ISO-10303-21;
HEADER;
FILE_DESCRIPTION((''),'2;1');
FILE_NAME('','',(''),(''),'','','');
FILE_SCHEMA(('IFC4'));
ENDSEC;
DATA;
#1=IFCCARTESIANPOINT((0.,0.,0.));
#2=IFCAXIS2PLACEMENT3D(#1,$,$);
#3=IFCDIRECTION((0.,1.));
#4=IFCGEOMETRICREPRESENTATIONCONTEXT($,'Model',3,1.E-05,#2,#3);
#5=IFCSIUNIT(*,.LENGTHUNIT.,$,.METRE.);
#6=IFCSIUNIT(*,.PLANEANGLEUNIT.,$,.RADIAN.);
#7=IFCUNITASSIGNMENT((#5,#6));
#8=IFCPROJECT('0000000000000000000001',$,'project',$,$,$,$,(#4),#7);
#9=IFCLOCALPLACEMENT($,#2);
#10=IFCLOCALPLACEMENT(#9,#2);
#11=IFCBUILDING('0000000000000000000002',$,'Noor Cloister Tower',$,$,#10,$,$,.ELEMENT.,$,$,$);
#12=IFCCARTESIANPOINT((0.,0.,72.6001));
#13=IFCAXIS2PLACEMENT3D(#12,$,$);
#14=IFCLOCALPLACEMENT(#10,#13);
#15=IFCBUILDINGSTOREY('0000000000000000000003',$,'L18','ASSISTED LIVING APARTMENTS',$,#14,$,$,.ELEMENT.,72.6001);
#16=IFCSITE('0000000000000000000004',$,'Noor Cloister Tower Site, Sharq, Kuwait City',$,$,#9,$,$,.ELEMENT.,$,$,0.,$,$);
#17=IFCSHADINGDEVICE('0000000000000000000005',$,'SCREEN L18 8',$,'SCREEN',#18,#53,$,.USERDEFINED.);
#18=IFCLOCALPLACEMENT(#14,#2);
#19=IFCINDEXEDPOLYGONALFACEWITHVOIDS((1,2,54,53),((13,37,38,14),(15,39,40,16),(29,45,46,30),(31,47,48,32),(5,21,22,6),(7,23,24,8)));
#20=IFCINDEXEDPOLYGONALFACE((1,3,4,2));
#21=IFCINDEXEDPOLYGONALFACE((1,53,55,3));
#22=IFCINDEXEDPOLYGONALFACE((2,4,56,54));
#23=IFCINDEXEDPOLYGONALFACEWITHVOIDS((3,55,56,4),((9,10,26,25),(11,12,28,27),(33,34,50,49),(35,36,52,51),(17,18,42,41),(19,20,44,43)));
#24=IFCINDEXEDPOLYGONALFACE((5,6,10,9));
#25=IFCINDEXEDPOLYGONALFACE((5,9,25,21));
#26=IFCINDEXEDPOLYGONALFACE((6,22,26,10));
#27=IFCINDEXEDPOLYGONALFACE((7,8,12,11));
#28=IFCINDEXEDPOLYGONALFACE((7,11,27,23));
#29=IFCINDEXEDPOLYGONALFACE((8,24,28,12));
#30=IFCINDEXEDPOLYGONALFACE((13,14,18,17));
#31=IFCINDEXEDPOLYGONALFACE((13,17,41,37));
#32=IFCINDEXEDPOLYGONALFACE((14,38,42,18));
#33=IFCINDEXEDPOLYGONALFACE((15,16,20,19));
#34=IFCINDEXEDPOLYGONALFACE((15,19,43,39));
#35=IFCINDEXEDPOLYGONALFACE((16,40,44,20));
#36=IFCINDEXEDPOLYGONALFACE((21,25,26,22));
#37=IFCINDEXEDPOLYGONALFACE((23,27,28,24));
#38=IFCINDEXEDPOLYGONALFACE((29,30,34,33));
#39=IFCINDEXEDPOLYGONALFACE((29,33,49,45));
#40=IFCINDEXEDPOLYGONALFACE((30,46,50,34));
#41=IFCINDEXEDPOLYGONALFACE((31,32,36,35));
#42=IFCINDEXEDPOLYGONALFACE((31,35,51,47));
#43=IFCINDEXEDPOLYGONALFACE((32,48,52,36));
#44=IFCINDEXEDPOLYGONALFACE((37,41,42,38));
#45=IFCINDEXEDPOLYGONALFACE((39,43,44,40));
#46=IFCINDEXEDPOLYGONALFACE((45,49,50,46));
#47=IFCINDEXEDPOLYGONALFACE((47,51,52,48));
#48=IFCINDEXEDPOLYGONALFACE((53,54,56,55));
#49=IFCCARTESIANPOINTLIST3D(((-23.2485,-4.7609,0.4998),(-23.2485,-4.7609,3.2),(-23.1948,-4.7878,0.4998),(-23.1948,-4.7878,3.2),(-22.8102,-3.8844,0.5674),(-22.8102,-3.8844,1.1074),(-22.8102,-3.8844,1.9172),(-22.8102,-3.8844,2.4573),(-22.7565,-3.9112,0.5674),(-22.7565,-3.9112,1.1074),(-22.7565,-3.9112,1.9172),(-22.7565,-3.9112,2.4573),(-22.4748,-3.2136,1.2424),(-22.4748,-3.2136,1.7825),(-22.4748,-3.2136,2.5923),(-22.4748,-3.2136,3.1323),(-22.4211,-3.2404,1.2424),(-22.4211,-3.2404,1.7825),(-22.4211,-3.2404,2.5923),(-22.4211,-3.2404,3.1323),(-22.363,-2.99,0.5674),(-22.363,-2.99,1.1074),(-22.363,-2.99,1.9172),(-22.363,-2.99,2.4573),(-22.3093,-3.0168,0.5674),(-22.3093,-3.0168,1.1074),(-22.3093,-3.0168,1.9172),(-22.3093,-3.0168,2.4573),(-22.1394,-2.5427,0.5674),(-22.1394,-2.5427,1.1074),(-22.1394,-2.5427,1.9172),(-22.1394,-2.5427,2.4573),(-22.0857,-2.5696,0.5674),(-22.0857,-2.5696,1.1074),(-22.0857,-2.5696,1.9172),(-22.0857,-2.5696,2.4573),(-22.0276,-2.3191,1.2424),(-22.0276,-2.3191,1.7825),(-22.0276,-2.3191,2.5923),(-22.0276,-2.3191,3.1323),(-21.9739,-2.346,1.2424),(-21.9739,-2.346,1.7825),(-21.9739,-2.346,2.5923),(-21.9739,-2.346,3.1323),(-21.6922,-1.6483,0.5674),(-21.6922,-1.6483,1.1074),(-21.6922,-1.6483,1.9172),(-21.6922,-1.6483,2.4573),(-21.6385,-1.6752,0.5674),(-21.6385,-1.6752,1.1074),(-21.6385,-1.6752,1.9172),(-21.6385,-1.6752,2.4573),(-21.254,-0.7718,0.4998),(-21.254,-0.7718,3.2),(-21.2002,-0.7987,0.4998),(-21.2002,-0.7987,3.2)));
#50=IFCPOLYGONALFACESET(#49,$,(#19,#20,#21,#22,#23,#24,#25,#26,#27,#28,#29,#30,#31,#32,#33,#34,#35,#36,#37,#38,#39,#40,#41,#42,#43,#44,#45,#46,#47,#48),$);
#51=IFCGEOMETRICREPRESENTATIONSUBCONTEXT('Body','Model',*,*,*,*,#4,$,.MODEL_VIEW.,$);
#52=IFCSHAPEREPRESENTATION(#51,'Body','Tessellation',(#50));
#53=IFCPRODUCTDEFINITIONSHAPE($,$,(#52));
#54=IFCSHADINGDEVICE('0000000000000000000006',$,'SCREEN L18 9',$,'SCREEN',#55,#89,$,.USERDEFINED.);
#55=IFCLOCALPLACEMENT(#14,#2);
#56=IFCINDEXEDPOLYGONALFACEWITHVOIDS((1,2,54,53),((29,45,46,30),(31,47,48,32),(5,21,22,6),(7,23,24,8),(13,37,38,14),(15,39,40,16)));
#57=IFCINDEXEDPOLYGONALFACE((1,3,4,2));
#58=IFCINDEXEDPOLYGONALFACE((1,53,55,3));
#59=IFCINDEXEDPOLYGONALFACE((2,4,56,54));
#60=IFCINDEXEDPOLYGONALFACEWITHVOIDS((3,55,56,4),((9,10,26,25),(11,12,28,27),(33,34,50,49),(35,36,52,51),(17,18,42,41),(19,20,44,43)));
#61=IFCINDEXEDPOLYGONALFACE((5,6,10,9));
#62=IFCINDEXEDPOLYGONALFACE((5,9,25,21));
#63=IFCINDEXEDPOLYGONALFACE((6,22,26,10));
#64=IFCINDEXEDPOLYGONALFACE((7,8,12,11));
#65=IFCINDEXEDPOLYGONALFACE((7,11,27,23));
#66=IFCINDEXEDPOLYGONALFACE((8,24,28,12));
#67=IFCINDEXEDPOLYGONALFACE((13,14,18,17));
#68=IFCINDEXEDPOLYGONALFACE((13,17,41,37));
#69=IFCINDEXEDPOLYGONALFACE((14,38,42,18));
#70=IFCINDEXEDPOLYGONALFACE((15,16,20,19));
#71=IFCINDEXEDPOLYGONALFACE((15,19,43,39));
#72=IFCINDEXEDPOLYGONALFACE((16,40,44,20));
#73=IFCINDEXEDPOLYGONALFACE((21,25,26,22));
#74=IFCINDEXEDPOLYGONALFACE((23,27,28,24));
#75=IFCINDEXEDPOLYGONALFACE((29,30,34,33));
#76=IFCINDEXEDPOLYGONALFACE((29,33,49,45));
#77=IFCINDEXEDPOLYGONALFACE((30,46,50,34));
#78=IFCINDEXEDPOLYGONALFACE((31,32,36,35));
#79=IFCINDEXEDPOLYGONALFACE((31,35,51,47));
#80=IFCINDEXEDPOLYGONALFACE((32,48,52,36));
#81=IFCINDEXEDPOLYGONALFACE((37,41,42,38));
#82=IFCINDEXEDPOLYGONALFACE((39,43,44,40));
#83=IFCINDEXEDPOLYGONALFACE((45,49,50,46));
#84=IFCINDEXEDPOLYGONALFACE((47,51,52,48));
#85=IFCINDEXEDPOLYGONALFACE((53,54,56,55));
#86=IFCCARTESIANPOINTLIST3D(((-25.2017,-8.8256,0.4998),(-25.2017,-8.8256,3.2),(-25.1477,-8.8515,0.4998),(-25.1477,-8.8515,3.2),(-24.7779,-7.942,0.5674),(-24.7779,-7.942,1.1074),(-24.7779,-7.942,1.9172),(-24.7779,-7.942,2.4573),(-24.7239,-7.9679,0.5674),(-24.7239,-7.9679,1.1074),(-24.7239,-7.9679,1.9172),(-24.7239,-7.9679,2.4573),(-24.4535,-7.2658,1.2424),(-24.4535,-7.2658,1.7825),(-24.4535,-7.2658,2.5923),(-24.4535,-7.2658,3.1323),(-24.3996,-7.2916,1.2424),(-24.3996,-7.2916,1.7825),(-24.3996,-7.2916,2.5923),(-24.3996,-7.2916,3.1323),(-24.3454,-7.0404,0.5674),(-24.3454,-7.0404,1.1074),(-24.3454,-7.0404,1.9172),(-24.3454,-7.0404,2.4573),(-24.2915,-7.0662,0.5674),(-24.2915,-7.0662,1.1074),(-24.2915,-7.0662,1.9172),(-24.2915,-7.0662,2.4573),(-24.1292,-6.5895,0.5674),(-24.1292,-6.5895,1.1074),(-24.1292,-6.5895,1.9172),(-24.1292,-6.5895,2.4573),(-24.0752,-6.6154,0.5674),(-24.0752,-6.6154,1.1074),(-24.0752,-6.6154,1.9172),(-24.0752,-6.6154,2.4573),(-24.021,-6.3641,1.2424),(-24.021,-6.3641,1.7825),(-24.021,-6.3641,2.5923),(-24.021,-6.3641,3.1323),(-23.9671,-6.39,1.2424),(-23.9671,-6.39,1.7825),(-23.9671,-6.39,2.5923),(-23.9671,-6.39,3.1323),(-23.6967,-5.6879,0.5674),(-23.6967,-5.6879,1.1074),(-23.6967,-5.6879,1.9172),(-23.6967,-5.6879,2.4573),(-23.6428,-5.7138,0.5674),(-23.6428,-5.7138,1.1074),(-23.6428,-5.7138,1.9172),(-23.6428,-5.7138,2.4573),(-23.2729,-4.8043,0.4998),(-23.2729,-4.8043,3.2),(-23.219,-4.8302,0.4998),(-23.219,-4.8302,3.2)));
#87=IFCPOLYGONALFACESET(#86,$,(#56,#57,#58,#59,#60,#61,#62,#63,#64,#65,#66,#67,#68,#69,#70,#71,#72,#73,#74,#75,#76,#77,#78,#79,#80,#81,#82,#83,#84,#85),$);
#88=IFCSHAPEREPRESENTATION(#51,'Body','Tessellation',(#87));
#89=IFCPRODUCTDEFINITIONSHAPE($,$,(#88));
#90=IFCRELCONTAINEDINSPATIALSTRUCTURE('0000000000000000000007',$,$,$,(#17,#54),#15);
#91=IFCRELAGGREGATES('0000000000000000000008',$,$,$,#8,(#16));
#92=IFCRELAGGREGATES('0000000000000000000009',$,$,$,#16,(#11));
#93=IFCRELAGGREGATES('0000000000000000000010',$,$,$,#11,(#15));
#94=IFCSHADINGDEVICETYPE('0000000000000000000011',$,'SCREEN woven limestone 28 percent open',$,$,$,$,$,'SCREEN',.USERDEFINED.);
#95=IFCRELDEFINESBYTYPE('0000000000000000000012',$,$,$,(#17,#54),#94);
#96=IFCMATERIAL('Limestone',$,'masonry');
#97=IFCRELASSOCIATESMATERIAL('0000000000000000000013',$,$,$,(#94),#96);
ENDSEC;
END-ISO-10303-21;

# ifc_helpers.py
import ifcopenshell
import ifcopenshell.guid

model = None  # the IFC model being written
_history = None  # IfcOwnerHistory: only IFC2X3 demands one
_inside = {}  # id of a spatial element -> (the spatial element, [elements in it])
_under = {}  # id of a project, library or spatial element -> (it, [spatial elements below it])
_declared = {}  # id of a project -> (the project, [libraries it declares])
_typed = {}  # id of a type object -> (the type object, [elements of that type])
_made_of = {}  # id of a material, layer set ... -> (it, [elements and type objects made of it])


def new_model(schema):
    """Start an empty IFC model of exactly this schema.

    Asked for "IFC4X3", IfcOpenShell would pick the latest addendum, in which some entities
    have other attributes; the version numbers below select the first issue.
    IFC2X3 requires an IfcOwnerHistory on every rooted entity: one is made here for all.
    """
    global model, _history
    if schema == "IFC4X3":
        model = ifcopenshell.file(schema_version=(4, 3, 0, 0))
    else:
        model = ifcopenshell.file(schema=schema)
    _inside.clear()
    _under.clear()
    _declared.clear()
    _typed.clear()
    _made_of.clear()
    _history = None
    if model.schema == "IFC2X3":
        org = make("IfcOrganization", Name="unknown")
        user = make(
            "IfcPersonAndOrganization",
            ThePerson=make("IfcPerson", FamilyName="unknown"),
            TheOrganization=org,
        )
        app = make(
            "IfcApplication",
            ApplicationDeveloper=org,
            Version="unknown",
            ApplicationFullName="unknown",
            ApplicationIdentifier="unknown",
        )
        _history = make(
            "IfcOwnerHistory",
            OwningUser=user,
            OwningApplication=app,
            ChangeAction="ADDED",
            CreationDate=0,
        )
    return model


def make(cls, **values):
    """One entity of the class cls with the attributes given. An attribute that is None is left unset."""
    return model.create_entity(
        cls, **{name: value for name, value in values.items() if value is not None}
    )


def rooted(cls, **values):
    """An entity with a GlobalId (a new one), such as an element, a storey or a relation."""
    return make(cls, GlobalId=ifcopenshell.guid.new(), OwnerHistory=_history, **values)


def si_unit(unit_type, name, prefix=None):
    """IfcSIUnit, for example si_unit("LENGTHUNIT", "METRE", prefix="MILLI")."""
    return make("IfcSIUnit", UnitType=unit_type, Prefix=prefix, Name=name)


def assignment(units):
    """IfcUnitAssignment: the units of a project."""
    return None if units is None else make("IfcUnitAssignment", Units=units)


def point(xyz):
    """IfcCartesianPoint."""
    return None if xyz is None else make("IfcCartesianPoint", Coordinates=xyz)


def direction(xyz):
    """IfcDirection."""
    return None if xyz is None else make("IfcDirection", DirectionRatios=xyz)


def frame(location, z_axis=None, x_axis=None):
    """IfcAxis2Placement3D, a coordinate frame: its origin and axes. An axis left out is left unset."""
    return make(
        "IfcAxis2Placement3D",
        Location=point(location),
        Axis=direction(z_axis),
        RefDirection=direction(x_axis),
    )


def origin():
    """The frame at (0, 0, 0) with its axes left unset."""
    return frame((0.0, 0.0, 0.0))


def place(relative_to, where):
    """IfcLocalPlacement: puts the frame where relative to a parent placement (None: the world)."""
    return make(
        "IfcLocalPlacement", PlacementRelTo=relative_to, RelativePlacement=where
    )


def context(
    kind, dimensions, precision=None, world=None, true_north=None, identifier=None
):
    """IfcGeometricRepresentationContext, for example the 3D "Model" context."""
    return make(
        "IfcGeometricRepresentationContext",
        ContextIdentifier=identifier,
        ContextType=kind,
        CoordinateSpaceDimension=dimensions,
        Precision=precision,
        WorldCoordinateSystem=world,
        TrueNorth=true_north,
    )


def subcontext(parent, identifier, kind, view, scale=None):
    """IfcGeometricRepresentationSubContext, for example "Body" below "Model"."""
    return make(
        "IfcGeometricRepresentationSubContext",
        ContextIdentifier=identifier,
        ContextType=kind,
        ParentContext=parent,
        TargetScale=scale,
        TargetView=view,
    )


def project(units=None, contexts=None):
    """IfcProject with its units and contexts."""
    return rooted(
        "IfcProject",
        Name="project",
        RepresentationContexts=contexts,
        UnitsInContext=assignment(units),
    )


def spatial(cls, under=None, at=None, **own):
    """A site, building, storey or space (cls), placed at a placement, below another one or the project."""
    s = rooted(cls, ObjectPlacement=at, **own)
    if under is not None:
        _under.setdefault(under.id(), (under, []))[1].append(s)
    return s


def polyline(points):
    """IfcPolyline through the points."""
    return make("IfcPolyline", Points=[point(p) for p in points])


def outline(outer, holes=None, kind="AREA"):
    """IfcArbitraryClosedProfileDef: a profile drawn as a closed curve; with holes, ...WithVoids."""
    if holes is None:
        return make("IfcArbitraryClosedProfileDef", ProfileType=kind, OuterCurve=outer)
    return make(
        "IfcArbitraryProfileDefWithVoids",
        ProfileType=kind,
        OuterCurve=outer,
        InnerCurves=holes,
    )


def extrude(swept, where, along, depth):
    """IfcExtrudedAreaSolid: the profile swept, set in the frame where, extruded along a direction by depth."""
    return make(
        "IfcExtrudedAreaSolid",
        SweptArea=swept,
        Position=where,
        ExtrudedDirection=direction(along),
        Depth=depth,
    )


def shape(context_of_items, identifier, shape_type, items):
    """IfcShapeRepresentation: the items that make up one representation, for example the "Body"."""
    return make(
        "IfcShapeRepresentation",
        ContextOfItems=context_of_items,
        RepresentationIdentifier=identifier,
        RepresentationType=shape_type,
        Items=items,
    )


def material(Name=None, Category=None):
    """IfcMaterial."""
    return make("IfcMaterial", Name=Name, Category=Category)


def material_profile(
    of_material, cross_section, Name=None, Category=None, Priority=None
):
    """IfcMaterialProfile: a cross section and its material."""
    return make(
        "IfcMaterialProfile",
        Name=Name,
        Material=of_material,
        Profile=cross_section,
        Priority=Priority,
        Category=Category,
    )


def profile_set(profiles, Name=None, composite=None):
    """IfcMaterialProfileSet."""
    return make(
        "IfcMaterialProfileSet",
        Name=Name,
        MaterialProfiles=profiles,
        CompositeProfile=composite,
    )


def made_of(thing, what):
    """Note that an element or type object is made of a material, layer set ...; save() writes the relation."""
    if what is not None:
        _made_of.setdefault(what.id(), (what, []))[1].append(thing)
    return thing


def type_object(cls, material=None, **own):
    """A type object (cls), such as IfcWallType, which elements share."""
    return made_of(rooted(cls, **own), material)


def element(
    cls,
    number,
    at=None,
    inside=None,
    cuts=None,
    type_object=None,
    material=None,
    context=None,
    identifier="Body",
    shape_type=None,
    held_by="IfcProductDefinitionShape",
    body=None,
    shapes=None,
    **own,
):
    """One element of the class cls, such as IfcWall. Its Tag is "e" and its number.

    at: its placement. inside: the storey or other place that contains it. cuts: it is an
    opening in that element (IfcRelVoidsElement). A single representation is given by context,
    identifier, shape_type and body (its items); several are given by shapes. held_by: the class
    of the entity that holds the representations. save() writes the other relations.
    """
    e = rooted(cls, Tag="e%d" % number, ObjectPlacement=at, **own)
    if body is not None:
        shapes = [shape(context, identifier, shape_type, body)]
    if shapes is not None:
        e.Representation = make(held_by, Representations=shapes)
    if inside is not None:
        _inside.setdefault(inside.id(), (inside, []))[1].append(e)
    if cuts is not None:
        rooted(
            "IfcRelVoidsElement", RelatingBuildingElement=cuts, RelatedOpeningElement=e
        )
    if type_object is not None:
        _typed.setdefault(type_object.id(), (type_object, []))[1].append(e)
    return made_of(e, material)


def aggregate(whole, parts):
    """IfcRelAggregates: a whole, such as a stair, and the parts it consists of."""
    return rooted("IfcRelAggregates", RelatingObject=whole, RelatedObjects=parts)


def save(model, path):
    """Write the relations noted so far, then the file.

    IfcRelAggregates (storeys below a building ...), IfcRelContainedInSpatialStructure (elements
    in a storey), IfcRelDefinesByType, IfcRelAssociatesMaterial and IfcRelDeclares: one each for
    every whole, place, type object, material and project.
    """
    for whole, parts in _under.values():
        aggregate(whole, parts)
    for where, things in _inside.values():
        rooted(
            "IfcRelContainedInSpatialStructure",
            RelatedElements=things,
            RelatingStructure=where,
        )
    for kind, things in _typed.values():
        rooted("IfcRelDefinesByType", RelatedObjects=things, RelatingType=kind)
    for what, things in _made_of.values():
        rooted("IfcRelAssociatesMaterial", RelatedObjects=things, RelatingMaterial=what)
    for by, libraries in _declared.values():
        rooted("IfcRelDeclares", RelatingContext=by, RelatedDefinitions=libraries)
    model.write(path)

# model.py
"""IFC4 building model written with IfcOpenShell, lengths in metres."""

from ifc_helpers import new_model, si_unit, direction, frame, origin, place, context, subcontext, project, spatial, polyline, outline, extrude, material, material_profile, profile_set, type_object, element, save


model = new_model("IFC4")

# Units and contexts
model_context = context("Model", 3, precision=1e-05, world=origin(), true_north=direction((0.0, 1.0)))
body_context = subcontext(model_context, "Body", "Model", "MODEL_VIEW")
ifc_project = project(units=[si_unit("LENGTHUNIT", "METRE"), si_unit("PLANEANGLEUNIT", "RADIAN")], contexts=[model_context])

# Site, building, storey
site_placement = place(None, origin())
site = spatial("IfcSite", under=ifc_project, at=site_placement, Name="Noor Cloister Tower Site, Sharq, Kuwait City", CompositionType="ELEMENT", RefElevation=0.0)
building_placement = place(site_placement, origin())
building = spatial("IfcBuilding", under=site, at=building_placement, Name="Noor Cloister Tower", CompositionType="ELEMENT")
storey_placement = place(building_placement, frame((0.0, 0.0, 72.6001)))
storey = spatial("IfcBuildingStorey", under=building, at=storey_placement, Name="L18", Description="ASSISTED LIVING APARTMENTS", CompositionType="ELEMENT", Elevation=72.6001)

# Shading devices
ifc_material_1 = material(Name="Limestone", Category="masonry")
ifc_material_profile_1 = material_profile(ifc_material_1, outline(polyline([(-2.23, -1.3501), (2.23, -1.3501), (2.23, 1.3501), (-2.23, 1.3501), (-2.23, -1.3501)]), holes=[polyline([(-1.25, -1.2825), (-0.25, -1.2825), (-0.25, -0.7424), (-1.25, -0.7424), (-1.25, -1.2825)]), polyline([(0.25, -1.2825), (1.25, -1.2825), (1.25, -0.7424), (0.25, -0.7424), (0.25, -1.2825)]), polyline([(-0.5, -0.6074), (0.5, -0.6074), (0.5, -0.0674), (-0.5, -0.0674), (-0.5, -0.6074)]), polyline([(-1.25, 0.0674), (-0.25, 0.0674), (-0.25, 0.6074), (-1.25, 0.6074), (-1.25, 0.0674)]), polyline([(0.25, 0.0674), (1.25, 0.0674), (1.25, 0.6074), (0.25, 0.6074), (0.25, 0.0674)]), polyline([(-0.5, 0.7424), (0.5, 0.7424), (0.5, 1.2825), (-0.5, 1.2825), (-0.5, 0.7424)])]), Name="Woven screen 28 percent open")
ifc_profile_set_1 = profile_set([ifc_material_profile_1], Name="Limestone")
shading_device_type = type_object("IfcShadingDeviceType", Name="SCREEN woven limestone 28 percent open", ElementType="SCREEN", PredefinedType="USERDEFINED", material=ifc_profile_set_1)
shading_device_1_placement = place(storey_placement, frame((-22.1975, -2.7932, 1.8499), z_axis=(-0.894427, 0.447214, 0.0), x_axis=(-0.447214, -0.894427, 0.0)))
element("IfcShadingDevice", 1, at=shading_device_1_placement, inside=storey, type_object=shading_device_type, Name="SCREEN L18 8", ObjectType="SCREEN", PredefinedType="USERDEFINED", context=body_context, shape_type="SweptSolid", body=[
    extrude(outline(polyline([(-2.23, -1.3501), (2.23, -1.3501), (2.23, 1.3501), (-2.23, 1.3501), (-2.23, -1.3501)]), holes=[polyline([(-1.25, -1.2825), (-0.25, -1.2825), (-0.25, -0.7424), (-1.25, -0.7424), (-1.25, -1.2825)]), polyline([(0.25, -1.2825), (1.25, -1.2825), (1.25, -0.7424), (0.25, -0.7424), (0.25, -1.2825)]), polyline([(-0.5, -0.6074), (0.5, -0.6074), (0.5, -0.0674), (-0.5, -0.0674), (-0.5, -0.6074)]), polyline([(-1.25, 0.0674), (-0.25, 0.0674), (-0.25, 0.6074), (-1.25, 0.6074), (-1.25, 0.0674)]), polyline([(0.25, 0.0674), (1.25, 0.0674), (1.25, 0.6074), (0.25, 0.6074), (0.25, 0.0674)]), polyline([(-0.5, 0.7424), (0.5, 0.7424), (0.5, 1.2825), (-0.5, 1.2825), (-0.5, 0.7424)])]), origin(), (0.0, 0.0, 1.0), 0.0601),
])
shading_device_2_placement = place(storey_placement, frame((-24.1833, -6.8408, 1.8499), z_axis=(-0.90165, 0.432466, 0.0), x_axis=(-0.432466, -0.90165, 0.0)))
element("IfcShadingDevice", 2, at=shading_device_2_placement, inside=storey, type_object=shading_device_type, Name="SCREEN L18 9", ObjectType="SCREEN", PredefinedType="USERDEFINED", context=body_context, shape_type="SweptSolid", body=[
    extrude(outline(polyline([(-2.23, -1.3501), (2.23, -1.3501), (2.23, 1.3501), (-2.23, 1.3501), (-2.23, -1.3501)]), holes=[polyline([(-1.25, -1.2825), (-0.25, -1.2825), (-0.25, -0.7424), (-1.25, -0.7424), (-1.25, -1.2825)]), polyline([(0.25, -1.2825), (1.25, -1.2825), (1.25, -0.7424), (0.25, -0.7424), (0.25, -1.2825)]), polyline([(-0.5, -0.6074), (0.5, -0.6074), (0.5, -0.0674), (-0.5, -0.0674), (-0.5, -0.6074)]), polyline([(-1.25, 0.0674), (-0.25, 0.0674), (-0.25, 0.6074), (-1.25, 0.6074), (-1.25, 0.0674)]), polyline([(0.25, 0.0674), (1.25, 0.0674), (1.25, 0.6074), (0.25, 0.6074), (0.25, 0.0674)]), polyline([(-0.5, 0.7424), (0.5, 0.7424), (0.5, 1.2825), (-0.5, 1.2825), (-0.5, 0.7424)])]), origin(), (0.0, 0.0, 1.0), 0.0598),
])

save(model, "model.ifc")
